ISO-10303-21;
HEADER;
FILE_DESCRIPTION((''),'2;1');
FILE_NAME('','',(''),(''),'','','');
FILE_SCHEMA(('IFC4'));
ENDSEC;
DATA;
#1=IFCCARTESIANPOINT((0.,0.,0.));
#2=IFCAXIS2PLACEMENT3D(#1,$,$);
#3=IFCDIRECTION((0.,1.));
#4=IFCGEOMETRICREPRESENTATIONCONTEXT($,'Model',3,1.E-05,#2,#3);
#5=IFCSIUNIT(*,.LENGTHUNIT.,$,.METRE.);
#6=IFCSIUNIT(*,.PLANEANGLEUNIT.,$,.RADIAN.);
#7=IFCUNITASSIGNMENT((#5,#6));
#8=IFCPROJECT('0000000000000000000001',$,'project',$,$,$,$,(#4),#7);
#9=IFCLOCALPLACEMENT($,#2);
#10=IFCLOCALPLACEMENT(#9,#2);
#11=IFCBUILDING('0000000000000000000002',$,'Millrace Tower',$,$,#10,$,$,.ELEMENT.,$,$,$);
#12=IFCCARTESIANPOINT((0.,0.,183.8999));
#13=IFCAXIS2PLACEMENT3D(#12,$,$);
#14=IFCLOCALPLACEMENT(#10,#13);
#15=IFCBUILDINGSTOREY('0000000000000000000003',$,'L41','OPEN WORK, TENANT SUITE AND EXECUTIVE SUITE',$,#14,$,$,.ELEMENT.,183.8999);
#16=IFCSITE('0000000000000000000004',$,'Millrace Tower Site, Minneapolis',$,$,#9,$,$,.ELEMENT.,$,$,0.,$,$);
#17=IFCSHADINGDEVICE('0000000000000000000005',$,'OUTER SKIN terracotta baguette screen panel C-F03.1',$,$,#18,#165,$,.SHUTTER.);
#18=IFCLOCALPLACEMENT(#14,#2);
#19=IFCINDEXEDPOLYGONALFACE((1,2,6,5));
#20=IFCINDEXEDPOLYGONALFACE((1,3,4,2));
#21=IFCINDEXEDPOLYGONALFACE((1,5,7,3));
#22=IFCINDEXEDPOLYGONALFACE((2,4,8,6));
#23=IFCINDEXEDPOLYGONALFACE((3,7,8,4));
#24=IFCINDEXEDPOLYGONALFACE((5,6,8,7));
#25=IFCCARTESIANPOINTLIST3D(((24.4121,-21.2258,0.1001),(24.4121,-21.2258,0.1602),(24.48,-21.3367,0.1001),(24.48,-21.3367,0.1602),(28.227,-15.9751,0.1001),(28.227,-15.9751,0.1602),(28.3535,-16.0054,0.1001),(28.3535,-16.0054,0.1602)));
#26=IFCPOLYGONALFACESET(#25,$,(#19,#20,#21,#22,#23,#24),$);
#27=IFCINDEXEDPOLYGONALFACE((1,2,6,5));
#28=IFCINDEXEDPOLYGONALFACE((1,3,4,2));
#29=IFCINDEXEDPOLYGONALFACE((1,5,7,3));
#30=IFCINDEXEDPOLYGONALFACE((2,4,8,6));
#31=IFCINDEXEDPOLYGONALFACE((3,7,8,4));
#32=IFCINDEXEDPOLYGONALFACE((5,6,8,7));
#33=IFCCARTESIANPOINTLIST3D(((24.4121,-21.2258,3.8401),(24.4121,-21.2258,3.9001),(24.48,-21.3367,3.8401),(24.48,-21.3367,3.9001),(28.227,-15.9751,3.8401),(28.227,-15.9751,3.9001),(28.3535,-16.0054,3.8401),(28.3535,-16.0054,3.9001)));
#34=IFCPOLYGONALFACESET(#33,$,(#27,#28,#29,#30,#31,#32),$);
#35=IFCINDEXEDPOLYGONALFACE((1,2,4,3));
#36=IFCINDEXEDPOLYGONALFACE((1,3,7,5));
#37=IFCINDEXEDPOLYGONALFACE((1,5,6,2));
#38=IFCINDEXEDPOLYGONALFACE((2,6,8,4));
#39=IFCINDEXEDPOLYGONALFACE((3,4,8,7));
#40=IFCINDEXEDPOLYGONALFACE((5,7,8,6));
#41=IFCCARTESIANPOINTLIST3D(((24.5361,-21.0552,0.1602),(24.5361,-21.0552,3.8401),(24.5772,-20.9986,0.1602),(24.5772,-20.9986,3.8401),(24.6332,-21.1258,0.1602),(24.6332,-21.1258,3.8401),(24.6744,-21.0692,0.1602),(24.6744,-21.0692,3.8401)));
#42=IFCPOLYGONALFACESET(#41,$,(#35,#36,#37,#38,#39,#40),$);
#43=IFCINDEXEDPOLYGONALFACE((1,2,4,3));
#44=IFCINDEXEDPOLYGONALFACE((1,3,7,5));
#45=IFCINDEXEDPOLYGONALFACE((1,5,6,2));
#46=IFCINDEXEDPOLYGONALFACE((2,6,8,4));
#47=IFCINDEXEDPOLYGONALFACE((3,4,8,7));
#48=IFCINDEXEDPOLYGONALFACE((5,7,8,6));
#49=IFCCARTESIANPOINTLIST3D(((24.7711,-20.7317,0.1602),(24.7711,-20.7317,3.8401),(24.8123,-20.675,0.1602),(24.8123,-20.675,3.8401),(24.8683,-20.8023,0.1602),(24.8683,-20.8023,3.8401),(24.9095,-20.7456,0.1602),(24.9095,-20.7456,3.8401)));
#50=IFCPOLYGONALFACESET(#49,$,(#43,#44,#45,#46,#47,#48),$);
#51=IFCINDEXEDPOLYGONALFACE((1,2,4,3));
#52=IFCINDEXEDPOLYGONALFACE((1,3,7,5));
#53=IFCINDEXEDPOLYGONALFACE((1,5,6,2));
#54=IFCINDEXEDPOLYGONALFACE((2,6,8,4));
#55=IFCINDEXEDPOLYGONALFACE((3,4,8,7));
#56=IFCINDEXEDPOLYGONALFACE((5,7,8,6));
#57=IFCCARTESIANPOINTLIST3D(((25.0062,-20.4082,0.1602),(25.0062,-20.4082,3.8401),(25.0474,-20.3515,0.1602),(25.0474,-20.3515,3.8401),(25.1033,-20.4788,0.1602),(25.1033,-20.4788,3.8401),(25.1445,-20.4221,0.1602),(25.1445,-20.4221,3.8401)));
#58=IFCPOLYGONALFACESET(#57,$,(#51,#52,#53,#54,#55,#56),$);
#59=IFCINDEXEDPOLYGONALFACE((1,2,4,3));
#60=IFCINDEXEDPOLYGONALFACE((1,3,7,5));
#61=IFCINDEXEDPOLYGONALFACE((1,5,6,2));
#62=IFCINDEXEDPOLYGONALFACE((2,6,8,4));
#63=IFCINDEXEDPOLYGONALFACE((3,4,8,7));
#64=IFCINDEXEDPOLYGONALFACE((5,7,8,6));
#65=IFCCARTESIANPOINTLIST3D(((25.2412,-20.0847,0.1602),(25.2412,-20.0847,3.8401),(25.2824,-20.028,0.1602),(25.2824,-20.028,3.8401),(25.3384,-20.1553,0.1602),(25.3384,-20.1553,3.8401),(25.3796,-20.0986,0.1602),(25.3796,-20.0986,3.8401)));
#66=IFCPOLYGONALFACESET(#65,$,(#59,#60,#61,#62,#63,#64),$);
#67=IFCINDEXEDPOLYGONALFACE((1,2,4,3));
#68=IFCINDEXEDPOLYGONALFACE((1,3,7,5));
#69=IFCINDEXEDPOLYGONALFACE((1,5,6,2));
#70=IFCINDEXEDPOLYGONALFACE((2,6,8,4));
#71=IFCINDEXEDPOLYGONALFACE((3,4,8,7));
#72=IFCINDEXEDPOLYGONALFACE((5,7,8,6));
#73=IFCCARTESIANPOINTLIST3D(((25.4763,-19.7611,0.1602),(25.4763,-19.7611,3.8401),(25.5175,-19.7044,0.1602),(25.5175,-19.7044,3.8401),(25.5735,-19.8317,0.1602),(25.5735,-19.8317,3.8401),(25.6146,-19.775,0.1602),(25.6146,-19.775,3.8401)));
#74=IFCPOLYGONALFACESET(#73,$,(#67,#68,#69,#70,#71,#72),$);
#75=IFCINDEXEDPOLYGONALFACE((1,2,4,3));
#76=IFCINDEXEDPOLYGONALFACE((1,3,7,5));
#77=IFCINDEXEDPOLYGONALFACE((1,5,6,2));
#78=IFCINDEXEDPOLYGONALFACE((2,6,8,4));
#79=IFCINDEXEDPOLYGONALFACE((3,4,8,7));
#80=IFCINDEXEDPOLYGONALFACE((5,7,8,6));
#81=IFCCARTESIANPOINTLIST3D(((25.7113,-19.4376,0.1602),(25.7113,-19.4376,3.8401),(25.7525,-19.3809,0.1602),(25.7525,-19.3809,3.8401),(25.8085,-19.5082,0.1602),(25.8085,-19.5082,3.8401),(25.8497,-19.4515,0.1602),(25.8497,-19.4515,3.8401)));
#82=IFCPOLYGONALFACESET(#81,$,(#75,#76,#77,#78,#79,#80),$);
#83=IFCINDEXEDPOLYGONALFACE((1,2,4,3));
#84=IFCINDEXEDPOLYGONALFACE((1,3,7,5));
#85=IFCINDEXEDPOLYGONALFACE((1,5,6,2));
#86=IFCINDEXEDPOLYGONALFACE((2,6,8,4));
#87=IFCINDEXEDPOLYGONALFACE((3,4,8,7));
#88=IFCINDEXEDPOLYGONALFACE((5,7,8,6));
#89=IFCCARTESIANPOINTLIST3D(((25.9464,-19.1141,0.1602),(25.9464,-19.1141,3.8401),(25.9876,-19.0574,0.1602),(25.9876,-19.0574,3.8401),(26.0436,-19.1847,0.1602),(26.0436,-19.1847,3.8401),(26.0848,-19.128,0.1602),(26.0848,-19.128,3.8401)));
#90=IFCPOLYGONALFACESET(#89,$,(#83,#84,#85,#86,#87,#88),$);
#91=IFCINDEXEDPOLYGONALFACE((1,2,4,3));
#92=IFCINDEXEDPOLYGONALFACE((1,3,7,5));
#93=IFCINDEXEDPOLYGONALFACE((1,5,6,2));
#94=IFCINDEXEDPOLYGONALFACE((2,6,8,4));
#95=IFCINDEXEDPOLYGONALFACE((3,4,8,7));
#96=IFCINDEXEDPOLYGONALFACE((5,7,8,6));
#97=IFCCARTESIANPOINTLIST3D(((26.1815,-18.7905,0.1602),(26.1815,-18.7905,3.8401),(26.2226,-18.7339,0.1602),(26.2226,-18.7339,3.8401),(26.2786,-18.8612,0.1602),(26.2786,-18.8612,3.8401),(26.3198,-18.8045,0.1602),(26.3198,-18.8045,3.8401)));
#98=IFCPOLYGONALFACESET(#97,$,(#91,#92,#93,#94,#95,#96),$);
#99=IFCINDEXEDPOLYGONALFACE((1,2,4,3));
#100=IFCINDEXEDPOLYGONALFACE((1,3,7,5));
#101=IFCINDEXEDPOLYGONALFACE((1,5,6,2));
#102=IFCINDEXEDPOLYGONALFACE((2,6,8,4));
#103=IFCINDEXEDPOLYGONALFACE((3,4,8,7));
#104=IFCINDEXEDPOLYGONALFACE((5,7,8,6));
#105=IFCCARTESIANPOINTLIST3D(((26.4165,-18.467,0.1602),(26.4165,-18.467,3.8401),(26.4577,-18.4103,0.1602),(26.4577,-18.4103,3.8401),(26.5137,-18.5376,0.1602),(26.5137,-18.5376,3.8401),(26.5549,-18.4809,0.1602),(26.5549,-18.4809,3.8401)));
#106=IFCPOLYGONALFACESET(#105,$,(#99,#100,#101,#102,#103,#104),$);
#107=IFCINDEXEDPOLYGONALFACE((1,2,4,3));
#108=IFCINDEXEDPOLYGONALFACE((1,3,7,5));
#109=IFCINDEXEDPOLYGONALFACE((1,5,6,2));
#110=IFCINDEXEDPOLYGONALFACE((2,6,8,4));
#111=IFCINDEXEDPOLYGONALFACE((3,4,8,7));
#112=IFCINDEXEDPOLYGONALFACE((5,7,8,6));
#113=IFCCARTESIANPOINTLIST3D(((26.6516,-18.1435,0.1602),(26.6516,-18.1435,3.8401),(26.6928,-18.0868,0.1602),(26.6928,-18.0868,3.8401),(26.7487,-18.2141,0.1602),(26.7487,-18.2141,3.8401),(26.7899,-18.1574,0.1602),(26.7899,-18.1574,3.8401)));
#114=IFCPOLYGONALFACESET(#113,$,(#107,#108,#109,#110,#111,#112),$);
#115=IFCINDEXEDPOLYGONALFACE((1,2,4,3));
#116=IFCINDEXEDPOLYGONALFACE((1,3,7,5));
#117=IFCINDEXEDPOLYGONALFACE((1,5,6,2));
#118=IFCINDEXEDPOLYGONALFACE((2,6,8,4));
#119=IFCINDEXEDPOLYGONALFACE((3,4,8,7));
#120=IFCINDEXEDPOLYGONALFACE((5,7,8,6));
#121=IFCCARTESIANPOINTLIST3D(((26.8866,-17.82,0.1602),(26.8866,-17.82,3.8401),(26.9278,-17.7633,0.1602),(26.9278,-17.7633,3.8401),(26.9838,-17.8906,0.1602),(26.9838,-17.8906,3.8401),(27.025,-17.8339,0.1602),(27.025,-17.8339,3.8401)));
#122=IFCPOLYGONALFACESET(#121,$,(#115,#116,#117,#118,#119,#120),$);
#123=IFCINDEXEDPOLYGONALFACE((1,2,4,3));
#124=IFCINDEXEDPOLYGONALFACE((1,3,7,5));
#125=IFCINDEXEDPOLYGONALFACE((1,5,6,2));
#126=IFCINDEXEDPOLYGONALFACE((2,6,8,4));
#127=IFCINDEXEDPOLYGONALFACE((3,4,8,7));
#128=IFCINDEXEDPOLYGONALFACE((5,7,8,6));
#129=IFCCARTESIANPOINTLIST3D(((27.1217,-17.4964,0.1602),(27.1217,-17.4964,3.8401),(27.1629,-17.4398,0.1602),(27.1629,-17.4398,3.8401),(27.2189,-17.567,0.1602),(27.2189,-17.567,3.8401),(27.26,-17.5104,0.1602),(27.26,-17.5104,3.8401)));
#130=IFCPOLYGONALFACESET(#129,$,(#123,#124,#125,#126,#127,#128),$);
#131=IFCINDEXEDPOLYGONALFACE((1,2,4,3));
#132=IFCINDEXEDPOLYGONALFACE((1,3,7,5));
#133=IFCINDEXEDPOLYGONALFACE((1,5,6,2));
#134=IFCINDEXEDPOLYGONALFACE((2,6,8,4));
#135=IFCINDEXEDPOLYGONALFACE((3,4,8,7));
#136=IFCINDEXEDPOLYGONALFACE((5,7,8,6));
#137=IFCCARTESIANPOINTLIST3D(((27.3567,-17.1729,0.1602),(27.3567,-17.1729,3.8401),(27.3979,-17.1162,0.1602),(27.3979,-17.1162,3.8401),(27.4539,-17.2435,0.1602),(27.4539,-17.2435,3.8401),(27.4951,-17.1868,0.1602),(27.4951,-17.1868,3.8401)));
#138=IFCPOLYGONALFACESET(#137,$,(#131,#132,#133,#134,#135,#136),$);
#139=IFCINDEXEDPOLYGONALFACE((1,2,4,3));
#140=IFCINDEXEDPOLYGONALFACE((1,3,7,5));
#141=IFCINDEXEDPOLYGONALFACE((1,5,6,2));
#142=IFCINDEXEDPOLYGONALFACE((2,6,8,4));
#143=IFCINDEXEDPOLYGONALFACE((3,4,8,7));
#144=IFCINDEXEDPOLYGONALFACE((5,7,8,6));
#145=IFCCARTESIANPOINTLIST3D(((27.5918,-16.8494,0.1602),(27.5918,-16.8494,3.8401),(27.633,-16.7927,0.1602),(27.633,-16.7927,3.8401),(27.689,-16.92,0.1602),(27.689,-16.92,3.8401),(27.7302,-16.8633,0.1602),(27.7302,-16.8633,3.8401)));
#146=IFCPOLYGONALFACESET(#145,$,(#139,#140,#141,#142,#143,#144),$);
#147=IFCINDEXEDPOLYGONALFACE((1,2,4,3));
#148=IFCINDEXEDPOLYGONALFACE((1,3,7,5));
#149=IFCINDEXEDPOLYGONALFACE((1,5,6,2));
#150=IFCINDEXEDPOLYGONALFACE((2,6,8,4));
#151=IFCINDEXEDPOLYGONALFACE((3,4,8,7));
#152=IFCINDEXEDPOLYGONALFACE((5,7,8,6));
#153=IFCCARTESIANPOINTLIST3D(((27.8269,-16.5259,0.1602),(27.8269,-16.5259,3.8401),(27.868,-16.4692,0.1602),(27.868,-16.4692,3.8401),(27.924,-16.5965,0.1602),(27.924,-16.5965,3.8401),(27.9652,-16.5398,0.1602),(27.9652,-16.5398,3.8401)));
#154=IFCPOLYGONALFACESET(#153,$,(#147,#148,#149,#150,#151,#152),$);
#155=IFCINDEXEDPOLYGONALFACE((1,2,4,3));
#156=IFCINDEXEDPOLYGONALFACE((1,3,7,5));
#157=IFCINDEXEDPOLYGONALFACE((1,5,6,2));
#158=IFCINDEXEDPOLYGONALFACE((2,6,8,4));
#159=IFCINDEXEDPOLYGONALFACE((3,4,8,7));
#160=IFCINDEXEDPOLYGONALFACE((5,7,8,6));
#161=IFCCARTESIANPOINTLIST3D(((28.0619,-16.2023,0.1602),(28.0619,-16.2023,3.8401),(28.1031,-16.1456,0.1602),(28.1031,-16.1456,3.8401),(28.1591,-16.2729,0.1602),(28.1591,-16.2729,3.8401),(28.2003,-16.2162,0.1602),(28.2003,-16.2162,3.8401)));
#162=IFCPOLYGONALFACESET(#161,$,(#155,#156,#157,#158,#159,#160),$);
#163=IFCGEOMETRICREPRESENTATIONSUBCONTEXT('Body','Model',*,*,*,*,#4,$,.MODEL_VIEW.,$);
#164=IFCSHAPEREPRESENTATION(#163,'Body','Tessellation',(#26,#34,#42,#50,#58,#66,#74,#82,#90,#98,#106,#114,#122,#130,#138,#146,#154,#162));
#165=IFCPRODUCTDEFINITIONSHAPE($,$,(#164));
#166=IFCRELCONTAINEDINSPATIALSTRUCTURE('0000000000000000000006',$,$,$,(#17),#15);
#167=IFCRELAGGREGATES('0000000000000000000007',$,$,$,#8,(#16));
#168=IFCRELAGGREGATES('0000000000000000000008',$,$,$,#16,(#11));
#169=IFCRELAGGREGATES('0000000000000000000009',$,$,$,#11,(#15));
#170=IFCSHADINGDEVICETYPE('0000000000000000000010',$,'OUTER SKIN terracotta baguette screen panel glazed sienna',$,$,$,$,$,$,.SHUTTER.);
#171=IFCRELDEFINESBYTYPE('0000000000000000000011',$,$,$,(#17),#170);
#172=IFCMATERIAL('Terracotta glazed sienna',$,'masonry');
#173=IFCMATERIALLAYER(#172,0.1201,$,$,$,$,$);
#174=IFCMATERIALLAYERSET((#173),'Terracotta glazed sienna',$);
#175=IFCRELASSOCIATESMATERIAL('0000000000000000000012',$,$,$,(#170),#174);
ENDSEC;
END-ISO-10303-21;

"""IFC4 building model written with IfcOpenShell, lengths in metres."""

from ifc_helpers import new_model, entity, si_unit, direction, frame, frame_2d, origin, place, context, subcontext, project, spatial, rectangle, extrude, source, transform, mapped, material, layer, layer_set, type_object, element, save


model = new_model("IFC4")

# Units and contexts
model_context = context("Model", 3, precision=1e-05, world=origin(), true_north=direction((0.0, 1.0)))
body_context = subcontext(model_context, "Body", "Model", "MODEL_VIEW")
ifc_project = project(units=[si_unit("LENGTHUNIT", "METRE"), si_unit("PLANEANGLEUNIT", "RADIAN")], contexts=[model_context])

# Site, building, storey
site_placement = place(None, origin())
site = spatial("IfcSite", under=ifc_project, at=site_placement, Name="Millrace Tower Site, Minneapolis", CompositionType="ELEMENT", RefElevation=0.0)
building_placement = place(site_placement, origin())
building = spatial("IfcBuilding", under=site, at=building_placement, Name="Millrace Tower", CompositionType="ELEMENT")
storey_placement = place(building_placement, frame((0.0, 0.0, 183.8999)))
storey = spatial("IfcBuildingStorey", under=building, at=storey_placement, Name="L41", Description="OPEN WORK, TENANT SUITE AND EXECUTIVE SUITE", CompositionType="ELEMENT", Elevation=183.8999)

# Shading device
ifc_material_1 = material(Name="Terracotta glazed sienna", Category="masonry")
ifc_layer_1 = layer(ifc_material_1, 0.1201)
ifc_layer_set_1 = layer_set([ifc_layer_1], Name="Terracotta glazed sienna")
shading_device_type = type_object("IfcShadingDeviceType", Name="OUTER SKIN terracotta baguette screen panel glazed sienna", PredefinedType="SHUTTER", material=ifc_layer_set_1)
cartesian_point_1 = entity("IfcCartesianPoint", [-3.2451, 0.0601])
shared_polyline_1 = entity("IfcPolyline", [cartesian_point_1, entity("IfcCartesianPoint", [3.2451, 0.0601]), entity("IfcCartesianPoint", [3.2949, -0.0601]), entity("IfcCartesianPoint", [-3.2949, -0.0601]), cartesian_point_1])
shared_shape_1 = source(origin(), body_context, "Body", "SweptSolid", [
    entity("IfcExtrudedAreaSolid", entity("IfcArbitraryClosedProfileDef", "AREA", None, shared_polyline_1), entity("IfcAxis2Placement3D", entity("IfcCartesianPoint", [0.0, 0.0, 0.0])), entity("IfcDirection", [0.0, 0.0, 1.0]), 0.0601),
    entity("IfcExtrudedAreaSolid", entity("IfcArbitraryClosedProfileDef", "AREA", None, shared_polyline_1), entity("IfcAxis2Placement3D", entity("IfcCartesianPoint", [0.0, 0.0, 3.74])), entity("IfcDirection", [0.0, 0.0, 1.0]), 0.0601),
    extrude(rectangle(XDim=0.0701, YDim=0.1201, at=frame_2d((-2.9993, 0.0))), frame((0.0, 0.0, 0.0601)), (0.0, 0.0, 1.0), 3.6799),
    extrude(rectangle(XDim=0.0701, YDim=0.1201, at=frame_2d((-2.5994, 0.0))), frame((0.0, 0.0, 0.0601)), (0.0, 0.0, 1.0), 3.6799),
    extrude(rectangle(XDim=0.0701, YDim=0.1201, at=frame_2d((-2.1995, 0.0))), frame((0.0, 0.0, 0.0601)), (0.0, 0.0, 1.0), 3.6799),
    extrude(rectangle(XDim=0.0701, YDim=0.1201, at=frame_2d((-1.7996, 0.0))), frame((0.0, 0.0, 0.0601)), (0.0, 0.0, 1.0), 3.6799),
    extrude(rectangle(XDim=0.0701, YDim=0.1201, at=frame_2d((-1.3997, 0.0))), frame((0.0, 0.0, 0.0601)), (0.0, 0.0, 1.0), 3.6799),
    extrude(rectangle(XDim=0.0701, YDim=0.1201, at=frame_2d((-0.9998, 0.0))), frame((0.0, 0.0, 0.0601)), (0.0, 0.0, 1.0), 3.6799),
    extrude(rectangle(XDim=0.0701, YDim=0.1201, at=frame_2d((-0.5999, 0.0))), frame((0.0, 0.0, 0.0601)), (0.0, 0.0, 1.0), 3.6799),
    extrude(rectangle(XDim=0.0701, YDim=0.1201, at=frame_2d((-0.2, 0.0))), frame((0.0, 0.0, 0.0601)), (0.0, 0.0, 1.0), 3.6799),
    extrude(rectangle(XDim=0.0701, YDim=0.1201, at=frame_2d((0.2, 0.0))), frame((0.0, 0.0, 0.0601)), (0.0, 0.0, 1.0), 3.6799),
    extrude(rectangle(XDim=0.0701, YDim=0.1201, at=frame_2d((0.5999, 0.0))), frame((0.0, 0.0, 0.0601)), (0.0, 0.0, 1.0), 3.6799),
    extrude(rectangle(XDim=0.0701, YDim=0.1201, at=frame_2d((0.9998, 0.0))), frame((0.0, 0.0, 0.0601)), (0.0, 0.0, 1.0), 3.6799),
    extrude(rectangle(XDim=0.0701, YDim=0.1201, at=frame_2d((1.3997, 0.0))), frame((0.0, 0.0, 0.0601)), (0.0, 0.0, 1.0), 3.6799),
    extrude(rectangle(XDim=0.0701, YDim=0.1201, at=frame_2d((1.7996, 0.0))), frame((0.0, 0.0, 0.0601)), (0.0, 0.0, 1.0), 3.6799),
    extrude(rectangle(XDim=0.0701, YDim=0.1201, at=frame_2d((2.1995, 0.0))), frame((0.0, 0.0, 0.0601)), (0.0, 0.0, 1.0), 3.6799),
    extrude(rectangle(XDim=0.0701, YDim=0.1201, at=frame_2d((2.5994, 0.0))), frame((0.0, 0.0, 0.0601)), (0.0, 0.0, 1.0), 3.6799),
    extrude(rectangle(XDim=0.0701, YDim=0.1201, at=frame_2d((2.9993, 0.0))), frame((0.0, 0.0, 0.0601)), (0.0, 0.0, 1.0), 3.6799),
])
shading_device_1_placement = place(storey_placement, frame((26.3682, -18.6357, 0.1001), z_axis=(0.0, 0.0, 1.0), x_axis=(0.587785, 0.809017, 0.0)))
element("IfcShadingDevice", 1, at=shading_device_1_placement, inside=storey, type_object=shading_device_type, Name="OUTER SKIN terracotta baguette screen panel C-F03.1", PredefinedType="SHUTTER", context=body_context, shape_type="MappedRepresentation", body=[
    mapped(shared_shape_1, transform((0.0, 0.0, 0.0), scale=1.0)),
])

save(model, "model.ifc")
